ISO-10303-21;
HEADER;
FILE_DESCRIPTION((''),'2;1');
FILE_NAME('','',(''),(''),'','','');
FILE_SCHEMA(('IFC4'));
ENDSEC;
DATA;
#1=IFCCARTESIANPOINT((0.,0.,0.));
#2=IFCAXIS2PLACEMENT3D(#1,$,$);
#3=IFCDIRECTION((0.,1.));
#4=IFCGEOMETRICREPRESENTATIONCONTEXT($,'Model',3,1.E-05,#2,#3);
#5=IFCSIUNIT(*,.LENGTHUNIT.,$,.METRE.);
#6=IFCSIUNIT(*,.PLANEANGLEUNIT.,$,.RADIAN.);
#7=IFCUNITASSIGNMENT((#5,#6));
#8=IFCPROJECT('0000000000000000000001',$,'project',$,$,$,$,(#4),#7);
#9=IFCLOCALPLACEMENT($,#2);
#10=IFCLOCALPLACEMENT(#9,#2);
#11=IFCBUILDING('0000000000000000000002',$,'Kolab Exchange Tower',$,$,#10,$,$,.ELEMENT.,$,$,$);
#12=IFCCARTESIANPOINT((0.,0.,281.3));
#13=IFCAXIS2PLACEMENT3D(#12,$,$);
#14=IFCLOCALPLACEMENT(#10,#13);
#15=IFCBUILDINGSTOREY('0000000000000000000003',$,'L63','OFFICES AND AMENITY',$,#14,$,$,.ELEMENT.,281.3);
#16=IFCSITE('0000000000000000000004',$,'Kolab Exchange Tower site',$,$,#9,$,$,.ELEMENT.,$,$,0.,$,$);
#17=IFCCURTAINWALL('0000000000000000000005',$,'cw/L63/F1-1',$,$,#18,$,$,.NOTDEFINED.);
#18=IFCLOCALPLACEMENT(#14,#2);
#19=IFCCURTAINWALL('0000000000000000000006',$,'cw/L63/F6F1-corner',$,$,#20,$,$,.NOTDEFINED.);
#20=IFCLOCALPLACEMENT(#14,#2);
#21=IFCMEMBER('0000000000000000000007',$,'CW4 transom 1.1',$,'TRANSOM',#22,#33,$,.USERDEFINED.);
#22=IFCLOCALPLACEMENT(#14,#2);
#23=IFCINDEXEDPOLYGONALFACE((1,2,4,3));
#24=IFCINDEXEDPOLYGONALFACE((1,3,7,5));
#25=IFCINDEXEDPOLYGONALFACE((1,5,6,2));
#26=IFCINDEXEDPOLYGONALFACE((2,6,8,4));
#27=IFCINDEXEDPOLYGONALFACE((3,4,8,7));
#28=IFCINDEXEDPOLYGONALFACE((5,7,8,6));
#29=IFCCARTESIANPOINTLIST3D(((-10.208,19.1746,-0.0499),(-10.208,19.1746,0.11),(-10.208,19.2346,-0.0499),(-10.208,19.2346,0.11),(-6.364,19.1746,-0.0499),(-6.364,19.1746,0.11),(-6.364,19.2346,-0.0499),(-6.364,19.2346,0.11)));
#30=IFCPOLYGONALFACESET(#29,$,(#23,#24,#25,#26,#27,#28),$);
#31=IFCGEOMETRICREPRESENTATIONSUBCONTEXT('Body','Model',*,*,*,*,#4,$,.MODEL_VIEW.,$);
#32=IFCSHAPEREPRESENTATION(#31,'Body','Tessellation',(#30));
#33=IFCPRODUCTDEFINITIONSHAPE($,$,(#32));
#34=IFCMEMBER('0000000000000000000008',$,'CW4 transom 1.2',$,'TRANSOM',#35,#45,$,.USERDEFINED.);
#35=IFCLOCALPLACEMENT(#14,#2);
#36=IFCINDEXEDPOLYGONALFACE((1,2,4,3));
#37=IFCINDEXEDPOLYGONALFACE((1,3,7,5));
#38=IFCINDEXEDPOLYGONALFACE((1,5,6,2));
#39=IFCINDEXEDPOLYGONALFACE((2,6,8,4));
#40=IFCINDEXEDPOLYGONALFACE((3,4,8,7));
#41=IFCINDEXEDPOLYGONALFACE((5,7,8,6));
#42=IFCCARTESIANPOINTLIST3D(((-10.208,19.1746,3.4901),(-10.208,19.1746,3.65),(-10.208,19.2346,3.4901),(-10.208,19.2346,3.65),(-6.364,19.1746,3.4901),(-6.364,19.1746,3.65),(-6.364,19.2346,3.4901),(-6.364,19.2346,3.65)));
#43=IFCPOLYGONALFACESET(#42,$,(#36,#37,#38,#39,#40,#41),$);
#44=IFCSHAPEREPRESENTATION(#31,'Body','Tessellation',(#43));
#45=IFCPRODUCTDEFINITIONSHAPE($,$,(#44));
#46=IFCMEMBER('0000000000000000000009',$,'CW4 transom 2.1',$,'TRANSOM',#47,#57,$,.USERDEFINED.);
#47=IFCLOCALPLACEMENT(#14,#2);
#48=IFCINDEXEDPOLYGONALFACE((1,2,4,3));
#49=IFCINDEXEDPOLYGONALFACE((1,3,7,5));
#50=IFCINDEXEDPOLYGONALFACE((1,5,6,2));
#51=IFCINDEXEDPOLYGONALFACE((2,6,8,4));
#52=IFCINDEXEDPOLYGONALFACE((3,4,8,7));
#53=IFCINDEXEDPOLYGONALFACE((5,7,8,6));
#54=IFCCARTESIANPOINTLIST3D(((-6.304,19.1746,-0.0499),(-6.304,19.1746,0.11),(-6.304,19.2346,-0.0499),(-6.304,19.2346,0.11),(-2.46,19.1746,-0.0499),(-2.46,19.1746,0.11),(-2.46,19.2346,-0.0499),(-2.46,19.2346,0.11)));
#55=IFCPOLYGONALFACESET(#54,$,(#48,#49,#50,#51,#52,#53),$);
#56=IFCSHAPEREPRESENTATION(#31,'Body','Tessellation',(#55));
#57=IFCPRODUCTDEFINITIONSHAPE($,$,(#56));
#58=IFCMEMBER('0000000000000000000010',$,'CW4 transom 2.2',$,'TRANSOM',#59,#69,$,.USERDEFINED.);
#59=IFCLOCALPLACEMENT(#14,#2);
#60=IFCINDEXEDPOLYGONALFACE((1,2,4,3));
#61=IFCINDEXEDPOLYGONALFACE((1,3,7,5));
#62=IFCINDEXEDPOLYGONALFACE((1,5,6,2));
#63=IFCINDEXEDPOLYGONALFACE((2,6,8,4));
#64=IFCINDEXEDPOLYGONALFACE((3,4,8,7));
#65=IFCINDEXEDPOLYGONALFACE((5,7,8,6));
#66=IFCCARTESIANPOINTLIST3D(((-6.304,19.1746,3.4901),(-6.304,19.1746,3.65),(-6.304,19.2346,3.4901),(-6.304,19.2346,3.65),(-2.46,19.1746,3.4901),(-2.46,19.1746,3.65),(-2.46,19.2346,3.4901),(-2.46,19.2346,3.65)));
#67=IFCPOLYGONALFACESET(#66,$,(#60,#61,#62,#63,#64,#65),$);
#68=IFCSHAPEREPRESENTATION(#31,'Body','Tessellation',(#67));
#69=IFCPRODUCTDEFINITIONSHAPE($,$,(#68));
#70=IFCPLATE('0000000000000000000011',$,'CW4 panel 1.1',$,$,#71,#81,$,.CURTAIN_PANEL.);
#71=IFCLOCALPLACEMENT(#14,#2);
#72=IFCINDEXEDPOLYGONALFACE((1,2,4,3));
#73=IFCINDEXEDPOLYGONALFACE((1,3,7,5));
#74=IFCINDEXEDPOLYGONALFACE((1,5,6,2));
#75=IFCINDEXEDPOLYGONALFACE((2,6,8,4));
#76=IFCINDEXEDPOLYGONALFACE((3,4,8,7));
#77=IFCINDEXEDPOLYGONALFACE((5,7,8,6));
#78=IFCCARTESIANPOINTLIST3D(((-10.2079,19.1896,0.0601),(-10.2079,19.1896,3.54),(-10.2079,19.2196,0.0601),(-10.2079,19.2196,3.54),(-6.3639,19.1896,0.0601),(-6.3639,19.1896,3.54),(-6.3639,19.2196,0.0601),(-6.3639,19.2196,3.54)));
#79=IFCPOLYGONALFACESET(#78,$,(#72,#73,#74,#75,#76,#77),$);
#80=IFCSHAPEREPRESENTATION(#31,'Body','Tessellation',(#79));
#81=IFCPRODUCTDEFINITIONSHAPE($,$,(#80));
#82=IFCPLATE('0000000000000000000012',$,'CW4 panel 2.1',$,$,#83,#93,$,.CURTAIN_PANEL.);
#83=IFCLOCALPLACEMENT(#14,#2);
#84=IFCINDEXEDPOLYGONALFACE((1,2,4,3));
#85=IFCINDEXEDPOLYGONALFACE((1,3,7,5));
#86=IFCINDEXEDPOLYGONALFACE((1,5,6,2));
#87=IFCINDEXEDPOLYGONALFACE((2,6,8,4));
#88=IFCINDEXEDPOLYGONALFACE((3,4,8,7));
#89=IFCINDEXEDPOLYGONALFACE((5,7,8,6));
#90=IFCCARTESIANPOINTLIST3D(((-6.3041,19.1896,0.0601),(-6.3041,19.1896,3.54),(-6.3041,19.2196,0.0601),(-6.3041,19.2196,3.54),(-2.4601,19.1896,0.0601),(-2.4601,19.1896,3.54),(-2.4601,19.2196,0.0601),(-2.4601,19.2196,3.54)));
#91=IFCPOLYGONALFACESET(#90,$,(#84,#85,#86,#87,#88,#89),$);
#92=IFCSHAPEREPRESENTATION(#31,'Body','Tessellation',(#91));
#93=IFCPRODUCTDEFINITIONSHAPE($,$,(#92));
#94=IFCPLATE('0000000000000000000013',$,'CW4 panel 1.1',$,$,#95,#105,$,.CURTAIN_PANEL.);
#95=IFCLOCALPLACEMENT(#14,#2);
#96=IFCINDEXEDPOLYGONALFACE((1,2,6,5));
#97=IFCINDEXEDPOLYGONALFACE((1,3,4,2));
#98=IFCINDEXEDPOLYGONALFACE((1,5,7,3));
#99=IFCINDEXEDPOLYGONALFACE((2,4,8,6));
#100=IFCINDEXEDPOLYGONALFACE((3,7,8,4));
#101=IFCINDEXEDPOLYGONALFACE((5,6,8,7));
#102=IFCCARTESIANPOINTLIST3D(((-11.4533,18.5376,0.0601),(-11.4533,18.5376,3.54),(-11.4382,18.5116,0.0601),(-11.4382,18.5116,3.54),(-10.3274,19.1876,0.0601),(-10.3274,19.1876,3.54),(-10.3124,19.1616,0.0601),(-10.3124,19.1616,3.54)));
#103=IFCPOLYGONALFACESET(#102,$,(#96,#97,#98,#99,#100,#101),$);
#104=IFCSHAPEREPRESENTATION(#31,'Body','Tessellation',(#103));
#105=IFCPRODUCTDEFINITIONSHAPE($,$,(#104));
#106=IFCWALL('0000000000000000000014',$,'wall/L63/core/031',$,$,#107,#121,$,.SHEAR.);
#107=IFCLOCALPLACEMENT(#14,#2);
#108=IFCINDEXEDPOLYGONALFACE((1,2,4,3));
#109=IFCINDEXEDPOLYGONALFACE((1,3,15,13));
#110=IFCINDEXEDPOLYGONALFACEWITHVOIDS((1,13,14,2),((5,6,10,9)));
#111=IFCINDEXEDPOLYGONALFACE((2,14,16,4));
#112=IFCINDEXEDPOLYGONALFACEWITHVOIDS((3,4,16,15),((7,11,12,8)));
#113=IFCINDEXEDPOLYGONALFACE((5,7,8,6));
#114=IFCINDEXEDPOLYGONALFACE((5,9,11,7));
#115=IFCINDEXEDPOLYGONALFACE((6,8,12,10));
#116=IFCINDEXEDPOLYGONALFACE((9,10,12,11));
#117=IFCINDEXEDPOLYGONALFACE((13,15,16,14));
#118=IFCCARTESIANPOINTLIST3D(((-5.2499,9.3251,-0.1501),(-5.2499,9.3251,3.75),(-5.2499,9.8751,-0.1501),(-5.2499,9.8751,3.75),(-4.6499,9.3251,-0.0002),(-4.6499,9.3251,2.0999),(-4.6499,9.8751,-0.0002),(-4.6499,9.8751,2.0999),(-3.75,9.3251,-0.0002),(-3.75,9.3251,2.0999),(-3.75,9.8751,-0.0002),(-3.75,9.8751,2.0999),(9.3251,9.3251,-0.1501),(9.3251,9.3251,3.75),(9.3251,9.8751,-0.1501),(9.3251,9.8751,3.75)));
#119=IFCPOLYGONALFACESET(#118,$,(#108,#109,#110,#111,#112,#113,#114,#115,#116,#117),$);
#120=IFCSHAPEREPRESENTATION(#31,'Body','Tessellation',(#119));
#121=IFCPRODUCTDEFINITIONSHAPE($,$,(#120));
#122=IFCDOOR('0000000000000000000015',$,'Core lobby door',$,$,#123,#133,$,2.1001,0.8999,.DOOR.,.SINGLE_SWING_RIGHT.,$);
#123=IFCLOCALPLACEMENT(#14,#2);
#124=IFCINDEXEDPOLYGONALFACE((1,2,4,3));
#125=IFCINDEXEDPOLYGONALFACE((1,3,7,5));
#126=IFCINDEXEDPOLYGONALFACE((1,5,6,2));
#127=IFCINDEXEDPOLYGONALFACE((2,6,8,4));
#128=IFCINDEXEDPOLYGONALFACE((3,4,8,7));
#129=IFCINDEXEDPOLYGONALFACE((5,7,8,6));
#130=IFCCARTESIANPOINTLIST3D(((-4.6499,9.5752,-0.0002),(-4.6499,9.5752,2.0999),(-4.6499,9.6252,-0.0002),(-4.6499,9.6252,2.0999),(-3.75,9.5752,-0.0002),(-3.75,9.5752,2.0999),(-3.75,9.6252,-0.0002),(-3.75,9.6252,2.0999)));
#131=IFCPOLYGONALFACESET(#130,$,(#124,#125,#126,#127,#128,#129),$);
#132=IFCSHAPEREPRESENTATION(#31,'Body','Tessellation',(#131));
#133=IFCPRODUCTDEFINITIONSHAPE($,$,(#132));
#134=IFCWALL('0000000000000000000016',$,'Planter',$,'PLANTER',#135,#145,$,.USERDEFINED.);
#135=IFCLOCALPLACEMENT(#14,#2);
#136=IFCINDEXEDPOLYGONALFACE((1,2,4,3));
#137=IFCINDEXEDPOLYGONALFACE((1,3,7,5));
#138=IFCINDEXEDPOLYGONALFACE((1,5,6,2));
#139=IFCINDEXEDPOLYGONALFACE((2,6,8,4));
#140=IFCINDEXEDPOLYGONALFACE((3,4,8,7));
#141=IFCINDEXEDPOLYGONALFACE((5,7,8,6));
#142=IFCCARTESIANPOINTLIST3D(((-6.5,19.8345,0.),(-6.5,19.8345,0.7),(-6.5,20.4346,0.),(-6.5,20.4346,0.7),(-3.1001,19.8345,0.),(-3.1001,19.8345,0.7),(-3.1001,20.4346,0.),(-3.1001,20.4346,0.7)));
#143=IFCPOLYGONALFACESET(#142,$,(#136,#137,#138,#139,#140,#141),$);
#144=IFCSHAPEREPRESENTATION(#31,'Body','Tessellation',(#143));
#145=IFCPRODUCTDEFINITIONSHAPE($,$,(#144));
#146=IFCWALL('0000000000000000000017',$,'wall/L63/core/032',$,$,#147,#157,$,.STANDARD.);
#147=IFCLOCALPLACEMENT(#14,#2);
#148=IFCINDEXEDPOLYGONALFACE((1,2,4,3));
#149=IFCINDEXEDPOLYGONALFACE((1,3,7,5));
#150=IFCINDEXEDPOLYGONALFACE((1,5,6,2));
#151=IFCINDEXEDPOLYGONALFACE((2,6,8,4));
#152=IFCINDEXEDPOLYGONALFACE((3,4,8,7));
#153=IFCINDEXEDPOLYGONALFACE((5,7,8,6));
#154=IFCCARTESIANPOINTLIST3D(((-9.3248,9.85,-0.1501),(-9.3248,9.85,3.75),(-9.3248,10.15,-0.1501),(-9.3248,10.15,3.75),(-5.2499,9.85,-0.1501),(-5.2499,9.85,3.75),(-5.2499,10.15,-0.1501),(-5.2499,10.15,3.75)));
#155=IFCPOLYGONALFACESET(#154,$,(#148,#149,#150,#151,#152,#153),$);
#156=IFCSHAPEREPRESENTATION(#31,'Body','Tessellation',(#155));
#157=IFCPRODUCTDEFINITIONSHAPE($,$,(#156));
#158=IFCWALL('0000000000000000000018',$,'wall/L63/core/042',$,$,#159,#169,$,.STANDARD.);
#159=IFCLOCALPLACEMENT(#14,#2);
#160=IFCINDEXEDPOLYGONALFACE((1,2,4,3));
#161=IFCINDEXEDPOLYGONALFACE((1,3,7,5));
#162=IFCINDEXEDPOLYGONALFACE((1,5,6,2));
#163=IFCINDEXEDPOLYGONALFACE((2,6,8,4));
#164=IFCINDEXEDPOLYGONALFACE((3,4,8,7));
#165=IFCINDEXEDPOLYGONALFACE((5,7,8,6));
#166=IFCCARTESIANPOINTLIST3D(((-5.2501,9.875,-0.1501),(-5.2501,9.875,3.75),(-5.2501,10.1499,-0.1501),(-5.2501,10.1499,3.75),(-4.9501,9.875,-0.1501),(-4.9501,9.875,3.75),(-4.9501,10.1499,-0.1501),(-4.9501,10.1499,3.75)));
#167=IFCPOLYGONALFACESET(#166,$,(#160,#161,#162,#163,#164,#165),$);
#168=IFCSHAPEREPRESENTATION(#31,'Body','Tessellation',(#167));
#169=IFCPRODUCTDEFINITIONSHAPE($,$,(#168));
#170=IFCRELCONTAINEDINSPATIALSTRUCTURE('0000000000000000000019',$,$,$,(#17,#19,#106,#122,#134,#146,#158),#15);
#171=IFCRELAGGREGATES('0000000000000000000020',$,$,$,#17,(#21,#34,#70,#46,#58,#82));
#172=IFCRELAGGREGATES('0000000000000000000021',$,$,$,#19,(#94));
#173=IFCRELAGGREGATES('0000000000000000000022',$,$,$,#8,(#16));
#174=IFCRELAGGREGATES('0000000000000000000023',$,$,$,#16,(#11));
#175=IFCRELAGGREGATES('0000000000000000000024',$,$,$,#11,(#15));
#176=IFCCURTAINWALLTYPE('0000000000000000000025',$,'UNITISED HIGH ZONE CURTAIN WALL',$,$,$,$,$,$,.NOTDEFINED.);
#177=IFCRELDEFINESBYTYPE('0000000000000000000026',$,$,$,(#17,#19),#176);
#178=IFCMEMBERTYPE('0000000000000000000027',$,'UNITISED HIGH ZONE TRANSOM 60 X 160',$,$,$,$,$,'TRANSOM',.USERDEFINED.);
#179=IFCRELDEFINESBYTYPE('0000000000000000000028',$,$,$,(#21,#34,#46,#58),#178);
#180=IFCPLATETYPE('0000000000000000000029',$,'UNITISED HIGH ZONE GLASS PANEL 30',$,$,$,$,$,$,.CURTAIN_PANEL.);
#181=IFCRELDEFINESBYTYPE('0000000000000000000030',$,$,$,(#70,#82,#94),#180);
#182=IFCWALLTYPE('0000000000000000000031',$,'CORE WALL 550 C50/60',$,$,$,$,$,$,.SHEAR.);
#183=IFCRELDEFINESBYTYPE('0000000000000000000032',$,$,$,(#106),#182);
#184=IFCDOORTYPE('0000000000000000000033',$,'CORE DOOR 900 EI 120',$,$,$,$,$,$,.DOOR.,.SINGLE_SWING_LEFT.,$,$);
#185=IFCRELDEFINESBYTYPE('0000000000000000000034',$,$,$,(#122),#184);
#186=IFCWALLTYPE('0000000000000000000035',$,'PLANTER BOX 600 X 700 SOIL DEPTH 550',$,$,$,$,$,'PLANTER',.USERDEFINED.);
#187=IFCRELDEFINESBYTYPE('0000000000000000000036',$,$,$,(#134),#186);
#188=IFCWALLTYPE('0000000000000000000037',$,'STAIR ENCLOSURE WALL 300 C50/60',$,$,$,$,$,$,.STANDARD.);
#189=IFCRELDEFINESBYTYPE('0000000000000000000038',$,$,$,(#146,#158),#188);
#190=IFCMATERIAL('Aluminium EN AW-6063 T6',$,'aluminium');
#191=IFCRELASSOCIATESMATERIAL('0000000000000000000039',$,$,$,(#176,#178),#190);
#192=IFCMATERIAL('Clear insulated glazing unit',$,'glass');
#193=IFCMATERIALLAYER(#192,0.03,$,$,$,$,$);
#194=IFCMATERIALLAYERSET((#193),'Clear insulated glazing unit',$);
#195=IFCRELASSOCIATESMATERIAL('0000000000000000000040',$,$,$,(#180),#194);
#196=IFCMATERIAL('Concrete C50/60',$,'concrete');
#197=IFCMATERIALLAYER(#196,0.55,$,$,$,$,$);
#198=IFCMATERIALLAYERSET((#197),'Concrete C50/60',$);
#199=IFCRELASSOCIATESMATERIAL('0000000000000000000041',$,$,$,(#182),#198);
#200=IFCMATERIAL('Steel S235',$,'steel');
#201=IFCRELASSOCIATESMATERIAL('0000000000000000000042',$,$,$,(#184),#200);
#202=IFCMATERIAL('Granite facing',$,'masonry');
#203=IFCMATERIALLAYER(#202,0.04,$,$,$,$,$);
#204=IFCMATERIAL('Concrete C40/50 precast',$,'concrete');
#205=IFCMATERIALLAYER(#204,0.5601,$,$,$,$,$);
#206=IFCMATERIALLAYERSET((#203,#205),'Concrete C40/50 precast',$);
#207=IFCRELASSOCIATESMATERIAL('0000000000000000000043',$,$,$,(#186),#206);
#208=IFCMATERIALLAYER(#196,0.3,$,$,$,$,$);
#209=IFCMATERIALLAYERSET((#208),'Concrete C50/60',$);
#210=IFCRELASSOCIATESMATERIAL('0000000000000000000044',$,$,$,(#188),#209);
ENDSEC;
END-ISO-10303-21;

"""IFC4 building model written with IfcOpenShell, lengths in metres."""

from ifc_helpers import new_model, si_unit, direction, frame, frame_2d, origin, origin_2d, place, context, subcontext, project, spatial, rectangle, extrude, material, layer, layer_set, material_profile, profile_set, type_object, element, fill, aggregate, save


model = new_model("IFC4")

# Units and contexts
model_context = context("Model", 3, precision=1e-05, world=origin(), true_north=direction((0.0, 1.0)))
body_context = subcontext(model_context, "Body", "Model", "MODEL_VIEW")
ifc_project = project(units=[si_unit("LENGTHUNIT", "METRE"), si_unit("PLANEANGLEUNIT", "RADIAN")], contexts=[model_context])

# Site, building, storey
site_placement = place(None, origin())
site = spatial("IfcSite", under=ifc_project, at=site_placement, Name="Kolab Exchange Tower site", CompositionType="ELEMENT", RefElevation=0.0)
building_placement = place(site_placement, origin())
building = spatial("IfcBuilding", under=site, at=building_placement, Name="Kolab Exchange Tower", CompositionType="ELEMENT")
storey_placement = place(building_placement, frame((0.0, 0.0, 281.3)))
storey = spatial("IfcBuildingStorey", under=building, at=storey_placement, Name="L63", Description="OFFICES AND AMENITY", CompositionType="ELEMENT", Elevation=281.3)

# Shared definitions
ifc_material_1 = material(Name="Concrete C50/60", Category="concrete")

# Curtain wall
ifc_material_2 = material(Name="Aluminium EN AW-6063 T6", Category="aluminium")
curtain_wall_type = type_object("IfcCurtainWallType", Name="UNITISED HIGH ZONE CURTAIN WALL", PredefinedType="NOTDEFINED", material=ifc_material_2)
curtain_wall_1_placement = place(storey_placement, origin())
curtain_wall_1 = element("IfcCurtainWall", 1, at=curtain_wall_1_placement, inside=storey, type_object=curtain_wall_type, Name="cw/L63/F1-1", PredefinedType="NOTDEFINED")

# Curtain wall
curtain_wall_2_placement = place(storey_placement, origin())
curtain_wall_2 = element("IfcCurtainWall", 2, at=curtain_wall_2_placement, inside=storey, type_object=curtain_wall_type, Name="cw/L63/F6F1-corner", PredefinedType="NOTDEFINED")

# Members
ifc_material_profile_1 = material_profile(ifc_material_2, rectangle(XDim=0.0601, YDim=0.1599, at=origin_2d()), Name="RECT 60X160")
ifc_profile_set_1 = profile_set([ifc_material_profile_1], Name="Aluminium EN AW-6063 T6")
member_type_1 = type_object("IfcMemberType", Name="UNITISED HIGH ZONE TRANSOM 60 X 160", ElementType="TRANSOM", PredefinedType="USERDEFINED", material=ifc_profile_set_1)
member_1_placement = place(storey_placement, frame((-10.208, 19.2046, 0.03), z_axis=(1.0, 0.0, 0.0), x_axis=(0.0, 1.0, 0.0)))
member_1 = element("IfcMember", 3, at=member_1_placement, type_object=member_type_1, Name="CW4 transom 1.1", ObjectType="TRANSOM", PredefinedType="USERDEFINED", context=body_context, shape_type="SweptSolid", body=[
    extrude(rectangle(XDim=0.0601, YDim=0.1599, at=origin_2d()), origin(), (0.0, 0.0, 1.0), 3.844),
])
member_2_placement = place(storey_placement, frame((-10.208, 19.2046, 3.5701), z_axis=(1.0, 0.0, 0.0), x_axis=(0.0, 1.0, 0.0)))
member_2 = element("IfcMember", 4, at=member_2_placement, type_object=member_type_1, Name="CW4 transom 1.2", ObjectType="TRANSOM", PredefinedType="USERDEFINED", context=body_context, shape_type="SweptSolid", body=[
    extrude(rectangle(XDim=0.0601, YDim=0.1599, at=origin_2d()), origin(), (0.0, 0.0, 1.0), 3.844),
])
member_3_placement = place(storey_placement, frame((-6.304, 19.2046, 0.03), z_axis=(1.0, 0.0, 0.0), x_axis=(0.0, 1.0, 0.0)))
member_3 = element("IfcMember", 5, at=member_3_placement, type_object=member_type_1, Name="CW4 transom 2.1", ObjectType="TRANSOM", PredefinedType="USERDEFINED", context=body_context, shape_type="SweptSolid", body=[
    extrude(rectangle(XDim=0.0601, YDim=0.1599, at=origin_2d()), origin(), (0.0, 0.0, 1.0), 3.844),
])
member_4_placement = place(storey_placement, frame((-6.304, 19.2046, 3.5701), z_axis=(1.0, 0.0, 0.0), x_axis=(0.0, 1.0, 0.0)))
member_4 = element("IfcMember", 6, at=member_4_placement, type_object=member_type_1, Name="CW4 transom 2.2", ObjectType="TRANSOM", PredefinedType="USERDEFINED", context=body_context, shape_type="SweptSolid", body=[
    extrude(rectangle(XDim=0.0601, YDim=0.1599, at=origin_2d()), origin(), (0.0, 0.0, 1.0), 3.844),
])

# Plates
ifc_material_3 = material(Name="Clear insulated glazing unit", Category="glass")
ifc_layer_1 = layer(ifc_material_3, 0.03)
ifc_layer_set_1 = layer_set([ifc_layer_1], Name="Clear insulated glazing unit")
plate_type = type_object("IfcPlateType", Name="UNITISED HIGH ZONE GLASS PANEL 30", PredefinedType="CURTAIN_PANEL", material=ifc_layer_set_1)
plate_1_placement = place(storey_placement, frame((-8.2859, 19.2046, 0.0601), z_axis=(0.0, 0.0, 1.0), x_axis=(1.0, 0.0, 0.0)))
plate_1 = element("IfcPlate", 7, at=plate_1_placement, type_object=plate_type, Name="CW4 panel 1.1", PredefinedType="CURTAIN_PANEL", context=body_context, shape_type="SweptSolid", body=[
    extrude(rectangle(XDim=3.844, YDim=0.03, at=origin_2d()), origin(), (0.0, 0.0, 1.0), 3.48),
])
plate_2_placement = place(storey_placement, frame((-4.3821, 19.2046, 0.0601), z_axis=(0.0, 0.0, 1.0), x_axis=(1.0, 0.0, 0.0)))
plate_2 = element("IfcPlate", 8, at=plate_2_placement, type_object=plate_type, Name="CW4 panel 2.1", PredefinedType="CURTAIN_PANEL", context=body_context, shape_type="SweptSolid", body=[
    extrude(rectangle(XDim=3.844, YDim=0.03, at=origin_2d()), origin(), (0.0, 0.0, 1.0), 3.48),
])
aggregate(curtain_wall_1, [member_1, member_2, plate_1, member_3, member_4, plate_2])
plate_3_placement = place(storey_placement, frame((-10.8828, 18.8496, 0.0601), z_axis=(0.0, 0.0, 1.0), x_axis=(0.866025, 0.5, 0.0)))
plate_3 = element("IfcPlate", 9, at=plate_3_placement, type_object=plate_type, Name="CW4 panel 1.1", PredefinedType="CURTAIN_PANEL", context=body_context, shape_type="SweptSolid", body=[
    extrude(rectangle(XDim=1.3, YDim=0.03, at=origin_2d()), origin(), (0.0, 0.0, 1.0), 3.48),
])
aggregate(curtain_wall_2, [plate_3])

# Wall, opening, door
ifc_layer_2 = layer(ifc_material_1, 0.55)
ifc_layer_set_2 = layer_set([ifc_layer_2], Name="Concrete C50/60")
wall_type_1 = type_object("IfcWallType", Name="CORE WALL 550 C50/60", PredefinedType="SHEAR", material=ifc_layer_set_2)
wall_1_placement = place(storey_placement, frame((-5.25, 9.6001, -0.1501), z_axis=(0.0, 0.0, 1.0), x_axis=(1.0, 0.0, 0.0)))
wall_1 = element("IfcWall", 10, at=wall_1_placement, inside=storey, type_object=wall_type_1, Name="wall/L63/core/031", PredefinedType="SHEAR", context=body_context, shape_type="SweptSolid", body=[
    extrude(rectangle(XDim=14.575, YDim=0.55, at=frame_2d((7.2876, 0.0))), origin(), (0.0, 0.0, 1.0), 3.9001),
])
opening_1_placement = place(wall_1_placement, frame((0.6001, 0.0, 0.1499)))
opening_1 = element("IfcOpeningElement", 11, at=opening_1_placement, cuts=wall_1, PredefinedType="OPENING", context=body_context, shape_type="SweptSolid", body=[
    extrude(rectangle(XDim=0.8999, YDim=2.1001, at=frame_2d((0.45, 1.05))), frame((0.0, 0.2852, 0.0), z_axis=(0.0, -1.0, 0.0), x_axis=(1.0, 0.0, 0.0)), (0.0, 0.0, 1.0), 0.5701),
])
ifc_material_4 = material(Name="Steel S235", Category="steel")
door_type_1 = type_object("IfcDoorType", Name="CORE DOOR 900 EI 120", OperationType="SINGLE_SWING_LEFT", PredefinedType="DOOR", material=ifc_material_4)
door_1_placement = place(opening_1_placement, frame((0.8999, 0.0, 0.0), z_axis=(0.0, 0.0, 1.0), x_axis=(-1.0, 0.0, 0.0)))
door_1 = element("IfcDoor", 12, at=door_1_placement, inside=storey, type_object=door_type_1, Name="Core lobby door", OperationType="SINGLE_SWING_RIGHT", OverallHeight=2.1001, OverallWidth=0.8999, PredefinedType="DOOR", context=body_context, shape_type="SweptSolid", body=[
    extrude(rectangle(XDim=0.8999, YDim=2.1001, at=frame_2d((0.45, 1.05))), frame((0.0, 0.0249, 0.0), z_axis=(0.0, -1.0, 0.0), x_axis=(1.0, 0.0, 0.0)), (0.0, 0.0, 1.0), 0.05),
])
fill(opening_1, door_1)

# Walls
ifc_material_5 = material(Name="Granite facing", Category="masonry")
ifc_layer_3 = layer(ifc_material_5, 0.04)
ifc_material_6 = material(Name="Concrete C40/50 precast", Category="concrete")
ifc_layer_4 = layer(ifc_material_6, 0.5601)
ifc_layer_set_3 = layer_set([ifc_layer_3, ifc_layer_4], Name="Concrete C40/50 precast")
wall_type_2 = type_object("IfcWallType", Name="PLANTER BOX 600 X 700 SOIL DEPTH 550", ElementType="PLANTER", PredefinedType="USERDEFINED", material=ifc_layer_set_3)
wall_2_placement = place(storey_placement, frame((-6.5, 20.1345, 0.0), z_axis=(0.0, 0.0, 1.0), x_axis=(1.0, 0.0, 0.0)))
element("IfcWall", 13, at=wall_2_placement, inside=storey, type_object=wall_type_2, Name="Planter", ObjectType="PLANTER", PredefinedType="USERDEFINED", context=body_context, shape_type="SweptSolid", body=[
    extrude(rectangle(XDim=3.3999, YDim=0.6001, at=frame_2d((1.7, 0.0))), origin(), (0.0, 0.0, 1.0), 0.7),
])
ifc_layer_5 = layer(ifc_material_1, 0.3)
ifc_layer_set_4 = layer_set([ifc_layer_5], Name="Concrete C50/60")
wall_type_3 = type_object("IfcWallType", Name="STAIR ENCLOSURE WALL 300 C50/60", PredefinedType="STANDARD", material=ifc_layer_set_4)
wall_3_placement = place(storey_placement, frame((-9.325, 10.0, -0.1501), z_axis=(0.0, 0.0, 1.0), x_axis=(1.0, 0.0, 0.0)))
element("IfcWall", 14, at=wall_3_placement, inside=storey, type_object=wall_type_3, Name="wall/L63/core/032", PredefinedType="STANDARD", context=body_context, shape_type="SweptSolid", body=[
    extrude(rectangle(XDim=4.075, YDim=0.3, at=frame_2d((2.0376, 0.0))), origin(), (0.0, 0.0, 1.0), 3.9001),
])
wall_4_placement = place(storey_placement, frame((-5.1001, 9.875, -0.1501), z_axis=(0.0, 0.0, 1.0), x_axis=(0.0, 1.0, 0.0)))
element("IfcWall", 15, at=wall_4_placement, inside=storey, type_object=wall_type_3, Name="wall/L63/core/042", PredefinedType="STANDARD", context=body_context, shape_type="SweptSolid", body=[
    extrude(rectangle(XDim=0.2749, YDim=0.3, at=frame_2d((0.1375, 0.0))), origin(), (0.0, 0.0, 1.0), 3.9001),
])

save(model, "model.ifc")
